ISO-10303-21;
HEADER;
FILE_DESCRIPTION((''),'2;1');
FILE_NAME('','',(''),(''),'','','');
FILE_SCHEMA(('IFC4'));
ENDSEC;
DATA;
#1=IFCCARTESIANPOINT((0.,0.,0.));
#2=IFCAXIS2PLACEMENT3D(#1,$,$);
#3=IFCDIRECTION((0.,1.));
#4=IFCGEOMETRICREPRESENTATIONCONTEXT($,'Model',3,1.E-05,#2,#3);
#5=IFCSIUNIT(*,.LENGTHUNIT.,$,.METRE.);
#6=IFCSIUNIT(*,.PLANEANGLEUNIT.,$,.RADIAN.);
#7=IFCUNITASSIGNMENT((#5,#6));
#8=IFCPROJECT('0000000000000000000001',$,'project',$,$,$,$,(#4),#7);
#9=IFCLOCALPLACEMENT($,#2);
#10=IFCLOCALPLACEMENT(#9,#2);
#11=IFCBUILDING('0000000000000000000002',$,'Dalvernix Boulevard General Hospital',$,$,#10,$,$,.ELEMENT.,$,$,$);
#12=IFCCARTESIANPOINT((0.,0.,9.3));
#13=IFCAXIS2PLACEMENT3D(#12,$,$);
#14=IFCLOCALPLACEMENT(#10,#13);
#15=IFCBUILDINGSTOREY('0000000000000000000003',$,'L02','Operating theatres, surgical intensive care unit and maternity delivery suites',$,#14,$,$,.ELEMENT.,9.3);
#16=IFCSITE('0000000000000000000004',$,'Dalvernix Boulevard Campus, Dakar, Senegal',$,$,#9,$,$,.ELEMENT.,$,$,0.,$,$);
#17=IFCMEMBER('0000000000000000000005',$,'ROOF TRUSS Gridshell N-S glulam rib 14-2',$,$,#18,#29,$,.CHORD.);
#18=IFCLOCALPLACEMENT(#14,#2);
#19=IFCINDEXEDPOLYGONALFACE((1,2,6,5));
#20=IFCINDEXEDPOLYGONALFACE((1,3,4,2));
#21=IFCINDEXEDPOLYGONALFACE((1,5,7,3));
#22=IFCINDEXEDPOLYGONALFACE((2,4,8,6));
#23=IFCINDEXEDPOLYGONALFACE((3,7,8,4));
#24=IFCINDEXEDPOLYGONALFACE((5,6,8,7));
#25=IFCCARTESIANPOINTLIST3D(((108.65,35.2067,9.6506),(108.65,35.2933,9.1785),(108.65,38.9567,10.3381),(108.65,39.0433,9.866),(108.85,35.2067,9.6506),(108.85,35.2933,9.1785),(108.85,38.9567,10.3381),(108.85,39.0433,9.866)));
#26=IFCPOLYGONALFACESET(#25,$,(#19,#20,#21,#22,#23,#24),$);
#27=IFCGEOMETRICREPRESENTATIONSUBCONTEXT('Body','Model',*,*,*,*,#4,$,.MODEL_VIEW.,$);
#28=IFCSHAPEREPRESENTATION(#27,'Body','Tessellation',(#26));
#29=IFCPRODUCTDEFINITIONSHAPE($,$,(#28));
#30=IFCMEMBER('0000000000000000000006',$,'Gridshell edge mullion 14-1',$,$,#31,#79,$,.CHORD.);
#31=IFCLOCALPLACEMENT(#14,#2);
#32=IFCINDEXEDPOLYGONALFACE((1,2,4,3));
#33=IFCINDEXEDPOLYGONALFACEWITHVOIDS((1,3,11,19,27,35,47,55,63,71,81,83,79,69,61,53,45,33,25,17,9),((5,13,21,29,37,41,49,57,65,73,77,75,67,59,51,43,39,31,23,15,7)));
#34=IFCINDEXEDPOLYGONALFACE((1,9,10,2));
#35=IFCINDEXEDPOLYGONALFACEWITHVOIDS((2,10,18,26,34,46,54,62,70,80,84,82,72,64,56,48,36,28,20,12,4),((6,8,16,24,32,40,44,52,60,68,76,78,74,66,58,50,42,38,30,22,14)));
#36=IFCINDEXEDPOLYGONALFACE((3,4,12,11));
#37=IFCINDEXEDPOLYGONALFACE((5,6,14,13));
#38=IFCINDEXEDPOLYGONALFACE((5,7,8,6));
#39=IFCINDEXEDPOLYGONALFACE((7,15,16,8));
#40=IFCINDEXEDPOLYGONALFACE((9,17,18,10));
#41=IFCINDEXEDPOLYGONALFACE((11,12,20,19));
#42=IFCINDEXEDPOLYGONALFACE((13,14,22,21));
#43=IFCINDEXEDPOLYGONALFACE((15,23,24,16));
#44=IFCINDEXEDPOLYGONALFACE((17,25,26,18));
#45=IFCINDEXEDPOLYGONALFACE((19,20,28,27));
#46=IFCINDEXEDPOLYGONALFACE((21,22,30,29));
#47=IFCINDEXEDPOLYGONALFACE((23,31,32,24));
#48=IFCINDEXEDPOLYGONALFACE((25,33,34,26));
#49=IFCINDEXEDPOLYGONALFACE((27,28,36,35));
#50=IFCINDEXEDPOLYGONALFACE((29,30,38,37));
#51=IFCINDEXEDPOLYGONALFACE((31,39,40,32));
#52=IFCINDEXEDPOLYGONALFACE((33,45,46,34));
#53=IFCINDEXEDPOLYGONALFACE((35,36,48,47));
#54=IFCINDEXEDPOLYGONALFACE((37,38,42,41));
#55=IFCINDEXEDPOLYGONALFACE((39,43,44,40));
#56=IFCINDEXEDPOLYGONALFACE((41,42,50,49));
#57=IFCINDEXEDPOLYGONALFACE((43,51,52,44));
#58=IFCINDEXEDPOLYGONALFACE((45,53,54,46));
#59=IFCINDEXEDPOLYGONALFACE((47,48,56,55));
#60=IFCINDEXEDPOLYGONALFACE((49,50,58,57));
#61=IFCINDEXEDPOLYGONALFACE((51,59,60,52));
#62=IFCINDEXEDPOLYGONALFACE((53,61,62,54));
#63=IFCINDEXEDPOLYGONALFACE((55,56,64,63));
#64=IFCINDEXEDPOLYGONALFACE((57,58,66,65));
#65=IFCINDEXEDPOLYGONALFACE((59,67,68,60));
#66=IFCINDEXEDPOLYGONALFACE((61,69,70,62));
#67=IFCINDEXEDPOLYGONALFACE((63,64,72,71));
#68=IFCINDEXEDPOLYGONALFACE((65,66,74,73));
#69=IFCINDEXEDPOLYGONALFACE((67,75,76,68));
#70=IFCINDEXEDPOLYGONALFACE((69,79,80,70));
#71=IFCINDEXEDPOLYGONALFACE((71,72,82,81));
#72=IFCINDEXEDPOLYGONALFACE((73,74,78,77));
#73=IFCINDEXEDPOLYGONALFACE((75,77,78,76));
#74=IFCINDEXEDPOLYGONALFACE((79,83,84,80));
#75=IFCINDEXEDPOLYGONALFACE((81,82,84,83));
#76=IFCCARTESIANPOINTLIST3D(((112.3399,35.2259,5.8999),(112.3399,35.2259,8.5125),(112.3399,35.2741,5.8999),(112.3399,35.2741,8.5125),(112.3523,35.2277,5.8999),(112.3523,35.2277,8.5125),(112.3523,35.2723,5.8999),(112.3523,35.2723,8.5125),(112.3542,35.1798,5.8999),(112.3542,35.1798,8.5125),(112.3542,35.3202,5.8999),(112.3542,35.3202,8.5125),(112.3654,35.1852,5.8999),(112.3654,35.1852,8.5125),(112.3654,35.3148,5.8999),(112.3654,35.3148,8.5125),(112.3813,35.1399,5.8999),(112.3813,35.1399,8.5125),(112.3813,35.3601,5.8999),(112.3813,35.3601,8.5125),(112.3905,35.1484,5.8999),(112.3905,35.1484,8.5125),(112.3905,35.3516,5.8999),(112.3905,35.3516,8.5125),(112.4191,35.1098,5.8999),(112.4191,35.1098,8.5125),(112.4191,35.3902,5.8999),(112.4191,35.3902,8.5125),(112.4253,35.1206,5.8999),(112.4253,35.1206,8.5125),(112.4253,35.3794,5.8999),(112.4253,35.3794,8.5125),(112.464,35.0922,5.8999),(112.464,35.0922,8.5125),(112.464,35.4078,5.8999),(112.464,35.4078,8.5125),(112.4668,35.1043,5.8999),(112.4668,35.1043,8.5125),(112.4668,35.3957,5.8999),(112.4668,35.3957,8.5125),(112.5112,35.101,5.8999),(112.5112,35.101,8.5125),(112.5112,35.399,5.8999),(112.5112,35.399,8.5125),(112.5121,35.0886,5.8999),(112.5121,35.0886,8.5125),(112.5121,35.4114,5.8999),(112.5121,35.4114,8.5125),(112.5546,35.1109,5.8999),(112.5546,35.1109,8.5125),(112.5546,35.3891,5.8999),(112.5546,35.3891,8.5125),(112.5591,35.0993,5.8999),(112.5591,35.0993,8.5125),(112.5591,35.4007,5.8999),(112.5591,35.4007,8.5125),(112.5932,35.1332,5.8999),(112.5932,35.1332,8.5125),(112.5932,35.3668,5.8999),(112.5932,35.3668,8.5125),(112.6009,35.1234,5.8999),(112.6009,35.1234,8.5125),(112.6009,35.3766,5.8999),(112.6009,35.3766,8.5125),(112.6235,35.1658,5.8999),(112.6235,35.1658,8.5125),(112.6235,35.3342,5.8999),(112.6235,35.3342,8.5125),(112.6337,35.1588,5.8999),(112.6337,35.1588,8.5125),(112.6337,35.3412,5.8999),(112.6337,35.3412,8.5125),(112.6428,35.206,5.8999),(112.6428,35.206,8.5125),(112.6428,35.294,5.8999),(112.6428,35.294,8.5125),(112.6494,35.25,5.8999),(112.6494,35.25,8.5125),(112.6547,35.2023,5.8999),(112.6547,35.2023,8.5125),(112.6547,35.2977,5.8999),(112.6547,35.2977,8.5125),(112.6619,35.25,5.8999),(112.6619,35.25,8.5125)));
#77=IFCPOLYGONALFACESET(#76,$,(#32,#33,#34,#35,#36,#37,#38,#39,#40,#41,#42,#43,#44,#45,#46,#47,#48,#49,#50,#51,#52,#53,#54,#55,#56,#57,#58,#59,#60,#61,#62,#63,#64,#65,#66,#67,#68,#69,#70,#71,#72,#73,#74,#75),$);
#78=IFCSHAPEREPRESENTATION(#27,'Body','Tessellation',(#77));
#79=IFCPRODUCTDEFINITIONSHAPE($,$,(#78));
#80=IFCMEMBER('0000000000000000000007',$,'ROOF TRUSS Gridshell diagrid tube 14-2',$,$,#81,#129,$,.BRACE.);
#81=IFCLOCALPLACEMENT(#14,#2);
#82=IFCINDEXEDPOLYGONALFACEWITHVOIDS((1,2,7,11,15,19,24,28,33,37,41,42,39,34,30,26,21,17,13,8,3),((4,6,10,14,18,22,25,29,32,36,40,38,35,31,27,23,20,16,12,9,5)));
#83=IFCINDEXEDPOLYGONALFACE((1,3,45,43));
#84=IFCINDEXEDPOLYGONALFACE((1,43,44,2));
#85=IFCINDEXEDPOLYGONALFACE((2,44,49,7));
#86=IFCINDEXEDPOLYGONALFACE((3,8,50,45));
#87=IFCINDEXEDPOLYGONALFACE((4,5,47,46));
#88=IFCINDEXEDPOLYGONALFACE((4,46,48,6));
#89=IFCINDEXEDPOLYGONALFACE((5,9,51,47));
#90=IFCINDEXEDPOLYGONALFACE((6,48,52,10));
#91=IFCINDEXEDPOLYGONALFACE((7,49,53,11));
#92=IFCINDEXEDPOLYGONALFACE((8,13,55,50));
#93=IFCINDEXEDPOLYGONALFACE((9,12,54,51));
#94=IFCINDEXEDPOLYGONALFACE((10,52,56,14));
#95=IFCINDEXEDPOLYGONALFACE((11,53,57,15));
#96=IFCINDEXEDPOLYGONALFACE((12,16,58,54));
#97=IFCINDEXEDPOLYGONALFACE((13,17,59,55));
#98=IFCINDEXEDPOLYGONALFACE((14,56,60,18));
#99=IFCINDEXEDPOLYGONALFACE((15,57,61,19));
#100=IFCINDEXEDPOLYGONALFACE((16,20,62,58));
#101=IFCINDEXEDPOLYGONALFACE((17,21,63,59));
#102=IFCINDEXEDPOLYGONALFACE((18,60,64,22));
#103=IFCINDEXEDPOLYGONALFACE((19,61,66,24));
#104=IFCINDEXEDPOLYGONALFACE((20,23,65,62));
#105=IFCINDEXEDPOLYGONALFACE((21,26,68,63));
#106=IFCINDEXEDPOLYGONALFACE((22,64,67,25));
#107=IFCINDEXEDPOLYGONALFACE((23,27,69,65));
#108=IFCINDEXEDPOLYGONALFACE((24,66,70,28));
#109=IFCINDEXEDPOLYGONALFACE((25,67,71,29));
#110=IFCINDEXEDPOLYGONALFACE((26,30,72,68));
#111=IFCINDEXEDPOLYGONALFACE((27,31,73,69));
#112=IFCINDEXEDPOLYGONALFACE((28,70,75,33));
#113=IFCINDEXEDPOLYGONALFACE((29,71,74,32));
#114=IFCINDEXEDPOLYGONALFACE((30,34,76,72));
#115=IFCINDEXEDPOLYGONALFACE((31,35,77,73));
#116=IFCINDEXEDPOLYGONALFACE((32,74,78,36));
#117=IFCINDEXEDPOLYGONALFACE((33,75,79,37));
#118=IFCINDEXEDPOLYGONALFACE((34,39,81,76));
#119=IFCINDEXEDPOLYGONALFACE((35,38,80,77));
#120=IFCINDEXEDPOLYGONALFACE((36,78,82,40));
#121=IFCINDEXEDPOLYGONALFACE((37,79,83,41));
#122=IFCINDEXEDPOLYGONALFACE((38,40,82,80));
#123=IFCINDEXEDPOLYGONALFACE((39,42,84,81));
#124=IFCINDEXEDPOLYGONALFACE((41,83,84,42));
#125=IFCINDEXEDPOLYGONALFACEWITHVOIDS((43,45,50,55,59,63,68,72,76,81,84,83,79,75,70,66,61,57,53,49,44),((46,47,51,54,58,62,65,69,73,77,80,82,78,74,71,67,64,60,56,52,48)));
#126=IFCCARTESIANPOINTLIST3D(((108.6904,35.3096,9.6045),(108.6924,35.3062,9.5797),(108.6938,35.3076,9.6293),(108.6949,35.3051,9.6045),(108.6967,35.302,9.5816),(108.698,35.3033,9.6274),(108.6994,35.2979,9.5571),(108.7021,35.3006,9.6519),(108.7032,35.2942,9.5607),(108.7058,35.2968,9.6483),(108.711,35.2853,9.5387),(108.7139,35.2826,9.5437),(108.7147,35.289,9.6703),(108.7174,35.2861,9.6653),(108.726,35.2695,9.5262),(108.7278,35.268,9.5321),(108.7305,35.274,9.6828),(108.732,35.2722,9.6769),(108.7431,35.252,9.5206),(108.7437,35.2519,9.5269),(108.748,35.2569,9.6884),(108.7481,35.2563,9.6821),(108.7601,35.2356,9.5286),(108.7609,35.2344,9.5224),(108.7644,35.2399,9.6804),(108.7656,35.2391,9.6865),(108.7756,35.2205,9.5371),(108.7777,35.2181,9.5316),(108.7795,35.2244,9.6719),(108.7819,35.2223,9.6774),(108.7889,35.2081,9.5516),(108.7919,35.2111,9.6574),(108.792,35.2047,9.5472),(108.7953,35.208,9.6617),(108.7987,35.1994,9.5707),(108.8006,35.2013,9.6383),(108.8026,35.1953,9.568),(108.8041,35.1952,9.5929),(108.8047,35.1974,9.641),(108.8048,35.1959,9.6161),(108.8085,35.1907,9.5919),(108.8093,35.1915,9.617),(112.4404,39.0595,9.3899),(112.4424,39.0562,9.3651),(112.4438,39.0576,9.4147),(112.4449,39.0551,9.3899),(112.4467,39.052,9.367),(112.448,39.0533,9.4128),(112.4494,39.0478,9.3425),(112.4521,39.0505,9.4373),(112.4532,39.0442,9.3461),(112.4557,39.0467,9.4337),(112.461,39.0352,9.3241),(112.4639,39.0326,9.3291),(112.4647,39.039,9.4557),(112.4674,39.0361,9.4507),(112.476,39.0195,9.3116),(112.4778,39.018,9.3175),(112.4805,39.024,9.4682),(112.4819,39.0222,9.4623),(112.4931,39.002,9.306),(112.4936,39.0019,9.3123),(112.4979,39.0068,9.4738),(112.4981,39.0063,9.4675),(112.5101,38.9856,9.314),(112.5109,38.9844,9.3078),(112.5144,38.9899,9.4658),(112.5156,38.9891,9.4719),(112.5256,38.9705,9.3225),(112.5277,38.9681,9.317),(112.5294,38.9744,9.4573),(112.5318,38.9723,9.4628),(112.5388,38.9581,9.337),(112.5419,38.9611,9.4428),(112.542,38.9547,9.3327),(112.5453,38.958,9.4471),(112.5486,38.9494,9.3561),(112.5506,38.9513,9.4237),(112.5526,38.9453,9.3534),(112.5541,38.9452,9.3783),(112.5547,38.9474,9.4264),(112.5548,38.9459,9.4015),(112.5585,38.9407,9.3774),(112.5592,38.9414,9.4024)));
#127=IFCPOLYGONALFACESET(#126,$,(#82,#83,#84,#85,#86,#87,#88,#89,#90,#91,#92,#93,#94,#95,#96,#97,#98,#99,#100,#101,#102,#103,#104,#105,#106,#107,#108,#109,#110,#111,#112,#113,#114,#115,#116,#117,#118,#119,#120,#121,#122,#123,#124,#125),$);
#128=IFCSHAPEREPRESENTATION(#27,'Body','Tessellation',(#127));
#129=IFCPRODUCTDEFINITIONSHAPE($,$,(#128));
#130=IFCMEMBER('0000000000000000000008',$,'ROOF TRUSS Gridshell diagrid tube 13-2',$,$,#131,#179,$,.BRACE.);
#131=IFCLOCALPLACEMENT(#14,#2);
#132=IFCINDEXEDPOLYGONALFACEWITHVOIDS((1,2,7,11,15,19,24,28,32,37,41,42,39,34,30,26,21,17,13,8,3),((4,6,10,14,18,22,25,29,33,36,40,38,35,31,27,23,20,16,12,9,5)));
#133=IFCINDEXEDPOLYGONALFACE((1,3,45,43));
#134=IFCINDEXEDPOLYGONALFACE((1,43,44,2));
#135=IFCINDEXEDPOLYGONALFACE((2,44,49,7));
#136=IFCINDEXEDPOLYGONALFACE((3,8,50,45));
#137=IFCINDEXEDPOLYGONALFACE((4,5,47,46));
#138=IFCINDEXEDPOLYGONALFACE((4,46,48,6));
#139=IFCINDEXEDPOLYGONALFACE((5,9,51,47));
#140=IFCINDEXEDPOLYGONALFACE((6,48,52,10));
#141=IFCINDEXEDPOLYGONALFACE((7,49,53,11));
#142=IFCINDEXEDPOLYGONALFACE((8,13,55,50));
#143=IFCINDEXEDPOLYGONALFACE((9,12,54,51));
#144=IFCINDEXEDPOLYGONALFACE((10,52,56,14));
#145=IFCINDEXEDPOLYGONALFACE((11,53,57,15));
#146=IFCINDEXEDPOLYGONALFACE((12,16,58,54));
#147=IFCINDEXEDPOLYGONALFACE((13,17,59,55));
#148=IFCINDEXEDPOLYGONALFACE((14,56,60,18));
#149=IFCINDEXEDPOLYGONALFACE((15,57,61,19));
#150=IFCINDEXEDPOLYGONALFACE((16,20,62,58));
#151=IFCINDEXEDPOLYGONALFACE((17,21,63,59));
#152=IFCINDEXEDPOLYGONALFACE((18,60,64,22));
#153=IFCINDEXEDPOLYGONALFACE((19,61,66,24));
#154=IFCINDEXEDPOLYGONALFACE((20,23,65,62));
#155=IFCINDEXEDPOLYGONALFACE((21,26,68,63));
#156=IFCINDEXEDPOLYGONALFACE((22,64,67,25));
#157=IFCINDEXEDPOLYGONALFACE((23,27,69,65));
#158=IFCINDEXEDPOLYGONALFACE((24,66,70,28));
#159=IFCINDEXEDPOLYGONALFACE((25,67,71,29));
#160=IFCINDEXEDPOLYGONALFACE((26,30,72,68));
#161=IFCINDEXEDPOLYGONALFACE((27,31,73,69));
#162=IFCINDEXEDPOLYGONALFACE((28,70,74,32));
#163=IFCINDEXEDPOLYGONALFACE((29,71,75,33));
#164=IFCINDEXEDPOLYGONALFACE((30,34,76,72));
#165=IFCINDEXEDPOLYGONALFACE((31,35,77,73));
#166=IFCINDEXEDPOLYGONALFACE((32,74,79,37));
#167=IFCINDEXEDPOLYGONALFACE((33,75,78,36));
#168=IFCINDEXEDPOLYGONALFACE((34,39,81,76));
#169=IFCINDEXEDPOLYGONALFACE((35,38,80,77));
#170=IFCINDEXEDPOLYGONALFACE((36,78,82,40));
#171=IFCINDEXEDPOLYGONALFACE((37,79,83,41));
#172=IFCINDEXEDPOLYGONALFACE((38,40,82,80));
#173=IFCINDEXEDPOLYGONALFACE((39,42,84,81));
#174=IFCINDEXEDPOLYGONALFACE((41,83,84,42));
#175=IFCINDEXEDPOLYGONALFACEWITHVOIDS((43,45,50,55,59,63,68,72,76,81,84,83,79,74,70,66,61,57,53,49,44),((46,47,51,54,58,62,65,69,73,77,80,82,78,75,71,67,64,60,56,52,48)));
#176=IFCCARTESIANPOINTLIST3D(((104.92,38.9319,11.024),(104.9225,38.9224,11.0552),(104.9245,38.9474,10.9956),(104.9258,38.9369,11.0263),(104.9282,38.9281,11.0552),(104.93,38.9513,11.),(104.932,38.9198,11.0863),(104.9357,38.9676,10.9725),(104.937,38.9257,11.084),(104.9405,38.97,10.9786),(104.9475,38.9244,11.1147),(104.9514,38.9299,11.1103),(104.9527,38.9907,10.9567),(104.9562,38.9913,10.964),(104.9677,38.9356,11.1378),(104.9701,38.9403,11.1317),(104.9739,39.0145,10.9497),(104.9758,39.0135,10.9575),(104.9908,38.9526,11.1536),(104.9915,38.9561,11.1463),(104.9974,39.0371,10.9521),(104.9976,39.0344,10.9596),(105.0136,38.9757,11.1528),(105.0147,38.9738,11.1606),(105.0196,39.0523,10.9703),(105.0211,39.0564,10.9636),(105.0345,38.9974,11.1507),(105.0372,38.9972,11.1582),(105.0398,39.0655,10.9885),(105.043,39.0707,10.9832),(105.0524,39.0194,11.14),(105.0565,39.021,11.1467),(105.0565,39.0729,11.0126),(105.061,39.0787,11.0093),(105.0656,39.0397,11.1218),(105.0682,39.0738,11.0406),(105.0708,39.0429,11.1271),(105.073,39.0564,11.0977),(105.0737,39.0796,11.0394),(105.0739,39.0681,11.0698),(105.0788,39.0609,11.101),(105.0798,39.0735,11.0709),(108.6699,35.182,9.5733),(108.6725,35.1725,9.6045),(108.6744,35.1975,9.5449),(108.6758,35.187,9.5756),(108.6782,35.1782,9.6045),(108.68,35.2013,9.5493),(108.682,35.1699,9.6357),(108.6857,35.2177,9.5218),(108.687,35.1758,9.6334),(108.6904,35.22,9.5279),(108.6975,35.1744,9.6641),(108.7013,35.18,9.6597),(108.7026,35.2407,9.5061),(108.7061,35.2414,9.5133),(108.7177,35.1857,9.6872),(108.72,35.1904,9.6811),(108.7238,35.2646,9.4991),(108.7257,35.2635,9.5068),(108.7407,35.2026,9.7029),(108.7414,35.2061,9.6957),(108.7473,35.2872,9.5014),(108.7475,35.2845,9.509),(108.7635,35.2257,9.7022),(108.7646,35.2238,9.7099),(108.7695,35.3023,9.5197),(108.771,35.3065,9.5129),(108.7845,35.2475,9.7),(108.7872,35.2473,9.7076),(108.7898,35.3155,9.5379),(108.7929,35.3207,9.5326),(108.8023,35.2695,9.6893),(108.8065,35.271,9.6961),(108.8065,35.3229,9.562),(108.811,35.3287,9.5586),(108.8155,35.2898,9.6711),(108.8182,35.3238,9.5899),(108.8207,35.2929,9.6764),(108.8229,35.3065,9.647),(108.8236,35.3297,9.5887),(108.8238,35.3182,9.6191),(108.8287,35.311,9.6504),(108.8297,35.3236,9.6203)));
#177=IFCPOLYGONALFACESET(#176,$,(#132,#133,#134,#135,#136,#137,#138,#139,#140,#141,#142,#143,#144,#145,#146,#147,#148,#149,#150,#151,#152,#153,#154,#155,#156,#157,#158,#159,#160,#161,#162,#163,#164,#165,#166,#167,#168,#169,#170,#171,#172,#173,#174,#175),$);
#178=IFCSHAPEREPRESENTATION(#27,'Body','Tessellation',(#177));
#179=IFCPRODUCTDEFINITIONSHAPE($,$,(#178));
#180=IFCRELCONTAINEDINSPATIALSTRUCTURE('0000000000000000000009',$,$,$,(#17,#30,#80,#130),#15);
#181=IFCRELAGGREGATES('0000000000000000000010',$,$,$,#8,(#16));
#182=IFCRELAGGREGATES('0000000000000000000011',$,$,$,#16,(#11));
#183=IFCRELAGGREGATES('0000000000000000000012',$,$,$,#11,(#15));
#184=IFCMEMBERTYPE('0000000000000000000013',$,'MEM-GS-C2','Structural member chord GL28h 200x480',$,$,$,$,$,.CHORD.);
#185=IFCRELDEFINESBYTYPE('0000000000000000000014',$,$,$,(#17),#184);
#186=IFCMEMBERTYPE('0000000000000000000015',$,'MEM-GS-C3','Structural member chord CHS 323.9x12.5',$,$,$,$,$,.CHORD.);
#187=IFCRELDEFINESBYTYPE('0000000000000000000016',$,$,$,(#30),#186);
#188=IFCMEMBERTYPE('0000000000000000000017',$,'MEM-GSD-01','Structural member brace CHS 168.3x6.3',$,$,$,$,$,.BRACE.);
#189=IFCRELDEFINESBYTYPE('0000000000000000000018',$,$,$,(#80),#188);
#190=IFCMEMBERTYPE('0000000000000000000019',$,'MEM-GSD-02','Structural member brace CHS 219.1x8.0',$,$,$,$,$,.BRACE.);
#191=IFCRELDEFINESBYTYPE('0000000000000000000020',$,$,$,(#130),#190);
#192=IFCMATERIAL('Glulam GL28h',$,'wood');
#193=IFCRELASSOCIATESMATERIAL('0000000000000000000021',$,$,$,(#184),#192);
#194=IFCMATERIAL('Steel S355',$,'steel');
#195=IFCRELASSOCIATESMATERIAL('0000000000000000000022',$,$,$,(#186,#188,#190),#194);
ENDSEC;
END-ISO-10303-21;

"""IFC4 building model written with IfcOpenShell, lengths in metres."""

from ifc_helpers import new_model, si_unit, direction, frame, origin, origin_2d, place, context, subcontext, project, spatial, rectangle, hollow_circle, extrude, material, material_profile, profile_set, type_object, element, save


model = new_model("IFC4")

# Units and contexts
model_context = context("Model", 3, precision=1e-05, world=origin(), true_north=direction((0.0, 1.0)))
body_context = subcontext(model_context, "Body", "Model", "MODEL_VIEW")
ifc_project = project(units=[si_unit("LENGTHUNIT", "METRE"), si_unit("PLANEANGLEUNIT", "RADIAN")], contexts=[model_context])

# Site, building, storey
site_placement = place(None, origin())
site = spatial("IfcSite", under=ifc_project, at=site_placement, Name="Dalvernix Boulevard Campus, Dakar, Senegal", CompositionType="ELEMENT", RefElevation=0.0)
building_placement = place(site_placement, origin())
building = spatial("IfcBuilding", under=site, at=building_placement, Name="Dalvernix Boulevard General Hospital", CompositionType="ELEMENT")
storey_placement = place(building_placement, frame((0.0, 0.0, 9.3)))
storey = spatial("IfcBuildingStorey", under=building, at=storey_placement, Name="L02", Description="Operating theatres, surgical intensive care unit and maternity delivery suites", CompositionType="ELEMENT", Elevation=9.3)

# Shared definitions
ifc_material_1 = material(Name="Steel S355", Category="steel")

# Members
ifc_material_2 = material(Name="Glulam GL28h", Category="wood")
ifc_material_profile_1 = material_profile(ifc_material_2, rectangle(XDim=0.2, YDim=0.48, at=origin_2d()), Name="GL28h 200x480")
ifc_profile_set_1 = profile_set([ifc_material_profile_1], Name="Glulam GL28h")
member_type_1 = type_object("IfcMemberType", Name="MEM-GS-C2", Description="Structural member chord GL28h 200x480", PredefinedType="CHORD", material=ifc_profile_set_1)
member_1_placement = place(storey_placement, frame((108.75, 35.25, 9.4146), z_axis=(0.0, 0.983607, 0.180328), x_axis=(-1.0, 0.0, 0.0)))
element("IfcMember", 1, at=member_1_placement, inside=storey, type_object=member_type_1, Name="ROOF TRUSS Gridshell N-S glulam rib 14-2", PredefinedType="CHORD", context=body_context, shape_type="SweptSolid", body=[
    extrude(rectangle(XDim=0.2, YDim=0.48, at=origin_2d()), origin(), (0.0, 0.0, 1.0), 3.8125),
])
ifc_material_profile_2 = material_profile(ifc_material_1, hollow_circle(Radius=0.1619, WallThickness=0.0125, at=origin_2d()), Name="CHS 323.9x12.5")
ifc_profile_set_2 = profile_set([ifc_material_profile_2], Name="Steel S355")
member_type_2 = type_object("IfcMemberType", Name="MEM-GS-C3", Description="Structural member chord CHS 323.9x12.5", PredefinedType="CHORD", material=ifc_profile_set_2)
member_2_placement = place(storey_placement, frame((112.5, 35.25, 5.8999), z_axis=(0.0, 0.0, 1.0), x_axis=(1.0, 0.0, 0.0)))
element("IfcMember", 2, at=member_2_placement, inside=storey, type_object=member_type_2, Name="Gridshell edge mullion 14-1", PredefinedType="CHORD", context=body_context, shape_type="SweptSolid", body=[
    extrude(hollow_circle(Radius=0.1619, WallThickness=0.0125, at=origin_2d()), origin(), (0.0, 0.0, 1.0), 2.6125),
])
ifc_material_profile_3 = material_profile(ifc_material_1, hollow_circle(Radius=0.0842, WallThickness=0.0063, at=origin_2d()), Name="CHS 168.3x6.3")
ifc_profile_set_3 = profile_set([ifc_material_profile_3], Name="Steel S355")
member_type_3 = type_object("IfcMemberType", Name="MEM-GSD-01", Description="Structural member brace CHS 168.3x6.3", PredefinedType="BRACE", material=ifc_profile_set_3)
member_3_placement = place(storey_placement, frame((108.75, 35.25, 9.6045), z_axis=(0.706529, 0.706529, -0.040432), x_axis=(-0.707107, 0.707107, 0.0)))
element("IfcMember", 3, at=member_3_placement, inside=storey, type_object=member_type_3, Name="ROOF TRUSS Gridshell diagrid tube 14-2", PredefinedType="BRACE", context=body_context, shape_type="SweptSolid", body=[
    extrude(hollow_circle(Radius=0.0842, WallThickness=0.0063, at=origin_2d()), origin(), (0.0, 0.0, 1.0), 5.3076),
])
ifc_material_profile_4 = material_profile(ifc_material_1, hollow_circle(Radius=0.1096, WallThickness=0.0081, at=origin_2d()), Name="CHS 219.1x8.0")
ifc_profile_set_4 = profile_set([ifc_material_profile_4], Name="Steel S355")
member_type_4 = type_object("IfcMemberType", Name="MEM-GSD-02", Description="Structural member brace CHS 219.1x8.0", PredefinedType="BRACE", material=ifc_profile_set_4)
member_4_placement = place(storey_placement, frame((108.75, 35.25, 9.6045), z_axis=(-0.68205, 0.68205, 0.26385), x_axis=(-0.707107, -0.707107, 0.0)))
element("IfcMember", 4, at=member_4_placement, inside=storey, type_object=member_type_4, Name="ROOF TRUSS Gridshell diagrid tube 13-2", PredefinedType="BRACE", context=body_context, shape_type="SweptSolid", body=[
    extrude(hollow_circle(Radius=0.1096, WallThickness=0.0081, at=origin_2d()), origin(), (0.0, 0.0, 1.0), 5.498),
])

save(model, "model.ifc")
